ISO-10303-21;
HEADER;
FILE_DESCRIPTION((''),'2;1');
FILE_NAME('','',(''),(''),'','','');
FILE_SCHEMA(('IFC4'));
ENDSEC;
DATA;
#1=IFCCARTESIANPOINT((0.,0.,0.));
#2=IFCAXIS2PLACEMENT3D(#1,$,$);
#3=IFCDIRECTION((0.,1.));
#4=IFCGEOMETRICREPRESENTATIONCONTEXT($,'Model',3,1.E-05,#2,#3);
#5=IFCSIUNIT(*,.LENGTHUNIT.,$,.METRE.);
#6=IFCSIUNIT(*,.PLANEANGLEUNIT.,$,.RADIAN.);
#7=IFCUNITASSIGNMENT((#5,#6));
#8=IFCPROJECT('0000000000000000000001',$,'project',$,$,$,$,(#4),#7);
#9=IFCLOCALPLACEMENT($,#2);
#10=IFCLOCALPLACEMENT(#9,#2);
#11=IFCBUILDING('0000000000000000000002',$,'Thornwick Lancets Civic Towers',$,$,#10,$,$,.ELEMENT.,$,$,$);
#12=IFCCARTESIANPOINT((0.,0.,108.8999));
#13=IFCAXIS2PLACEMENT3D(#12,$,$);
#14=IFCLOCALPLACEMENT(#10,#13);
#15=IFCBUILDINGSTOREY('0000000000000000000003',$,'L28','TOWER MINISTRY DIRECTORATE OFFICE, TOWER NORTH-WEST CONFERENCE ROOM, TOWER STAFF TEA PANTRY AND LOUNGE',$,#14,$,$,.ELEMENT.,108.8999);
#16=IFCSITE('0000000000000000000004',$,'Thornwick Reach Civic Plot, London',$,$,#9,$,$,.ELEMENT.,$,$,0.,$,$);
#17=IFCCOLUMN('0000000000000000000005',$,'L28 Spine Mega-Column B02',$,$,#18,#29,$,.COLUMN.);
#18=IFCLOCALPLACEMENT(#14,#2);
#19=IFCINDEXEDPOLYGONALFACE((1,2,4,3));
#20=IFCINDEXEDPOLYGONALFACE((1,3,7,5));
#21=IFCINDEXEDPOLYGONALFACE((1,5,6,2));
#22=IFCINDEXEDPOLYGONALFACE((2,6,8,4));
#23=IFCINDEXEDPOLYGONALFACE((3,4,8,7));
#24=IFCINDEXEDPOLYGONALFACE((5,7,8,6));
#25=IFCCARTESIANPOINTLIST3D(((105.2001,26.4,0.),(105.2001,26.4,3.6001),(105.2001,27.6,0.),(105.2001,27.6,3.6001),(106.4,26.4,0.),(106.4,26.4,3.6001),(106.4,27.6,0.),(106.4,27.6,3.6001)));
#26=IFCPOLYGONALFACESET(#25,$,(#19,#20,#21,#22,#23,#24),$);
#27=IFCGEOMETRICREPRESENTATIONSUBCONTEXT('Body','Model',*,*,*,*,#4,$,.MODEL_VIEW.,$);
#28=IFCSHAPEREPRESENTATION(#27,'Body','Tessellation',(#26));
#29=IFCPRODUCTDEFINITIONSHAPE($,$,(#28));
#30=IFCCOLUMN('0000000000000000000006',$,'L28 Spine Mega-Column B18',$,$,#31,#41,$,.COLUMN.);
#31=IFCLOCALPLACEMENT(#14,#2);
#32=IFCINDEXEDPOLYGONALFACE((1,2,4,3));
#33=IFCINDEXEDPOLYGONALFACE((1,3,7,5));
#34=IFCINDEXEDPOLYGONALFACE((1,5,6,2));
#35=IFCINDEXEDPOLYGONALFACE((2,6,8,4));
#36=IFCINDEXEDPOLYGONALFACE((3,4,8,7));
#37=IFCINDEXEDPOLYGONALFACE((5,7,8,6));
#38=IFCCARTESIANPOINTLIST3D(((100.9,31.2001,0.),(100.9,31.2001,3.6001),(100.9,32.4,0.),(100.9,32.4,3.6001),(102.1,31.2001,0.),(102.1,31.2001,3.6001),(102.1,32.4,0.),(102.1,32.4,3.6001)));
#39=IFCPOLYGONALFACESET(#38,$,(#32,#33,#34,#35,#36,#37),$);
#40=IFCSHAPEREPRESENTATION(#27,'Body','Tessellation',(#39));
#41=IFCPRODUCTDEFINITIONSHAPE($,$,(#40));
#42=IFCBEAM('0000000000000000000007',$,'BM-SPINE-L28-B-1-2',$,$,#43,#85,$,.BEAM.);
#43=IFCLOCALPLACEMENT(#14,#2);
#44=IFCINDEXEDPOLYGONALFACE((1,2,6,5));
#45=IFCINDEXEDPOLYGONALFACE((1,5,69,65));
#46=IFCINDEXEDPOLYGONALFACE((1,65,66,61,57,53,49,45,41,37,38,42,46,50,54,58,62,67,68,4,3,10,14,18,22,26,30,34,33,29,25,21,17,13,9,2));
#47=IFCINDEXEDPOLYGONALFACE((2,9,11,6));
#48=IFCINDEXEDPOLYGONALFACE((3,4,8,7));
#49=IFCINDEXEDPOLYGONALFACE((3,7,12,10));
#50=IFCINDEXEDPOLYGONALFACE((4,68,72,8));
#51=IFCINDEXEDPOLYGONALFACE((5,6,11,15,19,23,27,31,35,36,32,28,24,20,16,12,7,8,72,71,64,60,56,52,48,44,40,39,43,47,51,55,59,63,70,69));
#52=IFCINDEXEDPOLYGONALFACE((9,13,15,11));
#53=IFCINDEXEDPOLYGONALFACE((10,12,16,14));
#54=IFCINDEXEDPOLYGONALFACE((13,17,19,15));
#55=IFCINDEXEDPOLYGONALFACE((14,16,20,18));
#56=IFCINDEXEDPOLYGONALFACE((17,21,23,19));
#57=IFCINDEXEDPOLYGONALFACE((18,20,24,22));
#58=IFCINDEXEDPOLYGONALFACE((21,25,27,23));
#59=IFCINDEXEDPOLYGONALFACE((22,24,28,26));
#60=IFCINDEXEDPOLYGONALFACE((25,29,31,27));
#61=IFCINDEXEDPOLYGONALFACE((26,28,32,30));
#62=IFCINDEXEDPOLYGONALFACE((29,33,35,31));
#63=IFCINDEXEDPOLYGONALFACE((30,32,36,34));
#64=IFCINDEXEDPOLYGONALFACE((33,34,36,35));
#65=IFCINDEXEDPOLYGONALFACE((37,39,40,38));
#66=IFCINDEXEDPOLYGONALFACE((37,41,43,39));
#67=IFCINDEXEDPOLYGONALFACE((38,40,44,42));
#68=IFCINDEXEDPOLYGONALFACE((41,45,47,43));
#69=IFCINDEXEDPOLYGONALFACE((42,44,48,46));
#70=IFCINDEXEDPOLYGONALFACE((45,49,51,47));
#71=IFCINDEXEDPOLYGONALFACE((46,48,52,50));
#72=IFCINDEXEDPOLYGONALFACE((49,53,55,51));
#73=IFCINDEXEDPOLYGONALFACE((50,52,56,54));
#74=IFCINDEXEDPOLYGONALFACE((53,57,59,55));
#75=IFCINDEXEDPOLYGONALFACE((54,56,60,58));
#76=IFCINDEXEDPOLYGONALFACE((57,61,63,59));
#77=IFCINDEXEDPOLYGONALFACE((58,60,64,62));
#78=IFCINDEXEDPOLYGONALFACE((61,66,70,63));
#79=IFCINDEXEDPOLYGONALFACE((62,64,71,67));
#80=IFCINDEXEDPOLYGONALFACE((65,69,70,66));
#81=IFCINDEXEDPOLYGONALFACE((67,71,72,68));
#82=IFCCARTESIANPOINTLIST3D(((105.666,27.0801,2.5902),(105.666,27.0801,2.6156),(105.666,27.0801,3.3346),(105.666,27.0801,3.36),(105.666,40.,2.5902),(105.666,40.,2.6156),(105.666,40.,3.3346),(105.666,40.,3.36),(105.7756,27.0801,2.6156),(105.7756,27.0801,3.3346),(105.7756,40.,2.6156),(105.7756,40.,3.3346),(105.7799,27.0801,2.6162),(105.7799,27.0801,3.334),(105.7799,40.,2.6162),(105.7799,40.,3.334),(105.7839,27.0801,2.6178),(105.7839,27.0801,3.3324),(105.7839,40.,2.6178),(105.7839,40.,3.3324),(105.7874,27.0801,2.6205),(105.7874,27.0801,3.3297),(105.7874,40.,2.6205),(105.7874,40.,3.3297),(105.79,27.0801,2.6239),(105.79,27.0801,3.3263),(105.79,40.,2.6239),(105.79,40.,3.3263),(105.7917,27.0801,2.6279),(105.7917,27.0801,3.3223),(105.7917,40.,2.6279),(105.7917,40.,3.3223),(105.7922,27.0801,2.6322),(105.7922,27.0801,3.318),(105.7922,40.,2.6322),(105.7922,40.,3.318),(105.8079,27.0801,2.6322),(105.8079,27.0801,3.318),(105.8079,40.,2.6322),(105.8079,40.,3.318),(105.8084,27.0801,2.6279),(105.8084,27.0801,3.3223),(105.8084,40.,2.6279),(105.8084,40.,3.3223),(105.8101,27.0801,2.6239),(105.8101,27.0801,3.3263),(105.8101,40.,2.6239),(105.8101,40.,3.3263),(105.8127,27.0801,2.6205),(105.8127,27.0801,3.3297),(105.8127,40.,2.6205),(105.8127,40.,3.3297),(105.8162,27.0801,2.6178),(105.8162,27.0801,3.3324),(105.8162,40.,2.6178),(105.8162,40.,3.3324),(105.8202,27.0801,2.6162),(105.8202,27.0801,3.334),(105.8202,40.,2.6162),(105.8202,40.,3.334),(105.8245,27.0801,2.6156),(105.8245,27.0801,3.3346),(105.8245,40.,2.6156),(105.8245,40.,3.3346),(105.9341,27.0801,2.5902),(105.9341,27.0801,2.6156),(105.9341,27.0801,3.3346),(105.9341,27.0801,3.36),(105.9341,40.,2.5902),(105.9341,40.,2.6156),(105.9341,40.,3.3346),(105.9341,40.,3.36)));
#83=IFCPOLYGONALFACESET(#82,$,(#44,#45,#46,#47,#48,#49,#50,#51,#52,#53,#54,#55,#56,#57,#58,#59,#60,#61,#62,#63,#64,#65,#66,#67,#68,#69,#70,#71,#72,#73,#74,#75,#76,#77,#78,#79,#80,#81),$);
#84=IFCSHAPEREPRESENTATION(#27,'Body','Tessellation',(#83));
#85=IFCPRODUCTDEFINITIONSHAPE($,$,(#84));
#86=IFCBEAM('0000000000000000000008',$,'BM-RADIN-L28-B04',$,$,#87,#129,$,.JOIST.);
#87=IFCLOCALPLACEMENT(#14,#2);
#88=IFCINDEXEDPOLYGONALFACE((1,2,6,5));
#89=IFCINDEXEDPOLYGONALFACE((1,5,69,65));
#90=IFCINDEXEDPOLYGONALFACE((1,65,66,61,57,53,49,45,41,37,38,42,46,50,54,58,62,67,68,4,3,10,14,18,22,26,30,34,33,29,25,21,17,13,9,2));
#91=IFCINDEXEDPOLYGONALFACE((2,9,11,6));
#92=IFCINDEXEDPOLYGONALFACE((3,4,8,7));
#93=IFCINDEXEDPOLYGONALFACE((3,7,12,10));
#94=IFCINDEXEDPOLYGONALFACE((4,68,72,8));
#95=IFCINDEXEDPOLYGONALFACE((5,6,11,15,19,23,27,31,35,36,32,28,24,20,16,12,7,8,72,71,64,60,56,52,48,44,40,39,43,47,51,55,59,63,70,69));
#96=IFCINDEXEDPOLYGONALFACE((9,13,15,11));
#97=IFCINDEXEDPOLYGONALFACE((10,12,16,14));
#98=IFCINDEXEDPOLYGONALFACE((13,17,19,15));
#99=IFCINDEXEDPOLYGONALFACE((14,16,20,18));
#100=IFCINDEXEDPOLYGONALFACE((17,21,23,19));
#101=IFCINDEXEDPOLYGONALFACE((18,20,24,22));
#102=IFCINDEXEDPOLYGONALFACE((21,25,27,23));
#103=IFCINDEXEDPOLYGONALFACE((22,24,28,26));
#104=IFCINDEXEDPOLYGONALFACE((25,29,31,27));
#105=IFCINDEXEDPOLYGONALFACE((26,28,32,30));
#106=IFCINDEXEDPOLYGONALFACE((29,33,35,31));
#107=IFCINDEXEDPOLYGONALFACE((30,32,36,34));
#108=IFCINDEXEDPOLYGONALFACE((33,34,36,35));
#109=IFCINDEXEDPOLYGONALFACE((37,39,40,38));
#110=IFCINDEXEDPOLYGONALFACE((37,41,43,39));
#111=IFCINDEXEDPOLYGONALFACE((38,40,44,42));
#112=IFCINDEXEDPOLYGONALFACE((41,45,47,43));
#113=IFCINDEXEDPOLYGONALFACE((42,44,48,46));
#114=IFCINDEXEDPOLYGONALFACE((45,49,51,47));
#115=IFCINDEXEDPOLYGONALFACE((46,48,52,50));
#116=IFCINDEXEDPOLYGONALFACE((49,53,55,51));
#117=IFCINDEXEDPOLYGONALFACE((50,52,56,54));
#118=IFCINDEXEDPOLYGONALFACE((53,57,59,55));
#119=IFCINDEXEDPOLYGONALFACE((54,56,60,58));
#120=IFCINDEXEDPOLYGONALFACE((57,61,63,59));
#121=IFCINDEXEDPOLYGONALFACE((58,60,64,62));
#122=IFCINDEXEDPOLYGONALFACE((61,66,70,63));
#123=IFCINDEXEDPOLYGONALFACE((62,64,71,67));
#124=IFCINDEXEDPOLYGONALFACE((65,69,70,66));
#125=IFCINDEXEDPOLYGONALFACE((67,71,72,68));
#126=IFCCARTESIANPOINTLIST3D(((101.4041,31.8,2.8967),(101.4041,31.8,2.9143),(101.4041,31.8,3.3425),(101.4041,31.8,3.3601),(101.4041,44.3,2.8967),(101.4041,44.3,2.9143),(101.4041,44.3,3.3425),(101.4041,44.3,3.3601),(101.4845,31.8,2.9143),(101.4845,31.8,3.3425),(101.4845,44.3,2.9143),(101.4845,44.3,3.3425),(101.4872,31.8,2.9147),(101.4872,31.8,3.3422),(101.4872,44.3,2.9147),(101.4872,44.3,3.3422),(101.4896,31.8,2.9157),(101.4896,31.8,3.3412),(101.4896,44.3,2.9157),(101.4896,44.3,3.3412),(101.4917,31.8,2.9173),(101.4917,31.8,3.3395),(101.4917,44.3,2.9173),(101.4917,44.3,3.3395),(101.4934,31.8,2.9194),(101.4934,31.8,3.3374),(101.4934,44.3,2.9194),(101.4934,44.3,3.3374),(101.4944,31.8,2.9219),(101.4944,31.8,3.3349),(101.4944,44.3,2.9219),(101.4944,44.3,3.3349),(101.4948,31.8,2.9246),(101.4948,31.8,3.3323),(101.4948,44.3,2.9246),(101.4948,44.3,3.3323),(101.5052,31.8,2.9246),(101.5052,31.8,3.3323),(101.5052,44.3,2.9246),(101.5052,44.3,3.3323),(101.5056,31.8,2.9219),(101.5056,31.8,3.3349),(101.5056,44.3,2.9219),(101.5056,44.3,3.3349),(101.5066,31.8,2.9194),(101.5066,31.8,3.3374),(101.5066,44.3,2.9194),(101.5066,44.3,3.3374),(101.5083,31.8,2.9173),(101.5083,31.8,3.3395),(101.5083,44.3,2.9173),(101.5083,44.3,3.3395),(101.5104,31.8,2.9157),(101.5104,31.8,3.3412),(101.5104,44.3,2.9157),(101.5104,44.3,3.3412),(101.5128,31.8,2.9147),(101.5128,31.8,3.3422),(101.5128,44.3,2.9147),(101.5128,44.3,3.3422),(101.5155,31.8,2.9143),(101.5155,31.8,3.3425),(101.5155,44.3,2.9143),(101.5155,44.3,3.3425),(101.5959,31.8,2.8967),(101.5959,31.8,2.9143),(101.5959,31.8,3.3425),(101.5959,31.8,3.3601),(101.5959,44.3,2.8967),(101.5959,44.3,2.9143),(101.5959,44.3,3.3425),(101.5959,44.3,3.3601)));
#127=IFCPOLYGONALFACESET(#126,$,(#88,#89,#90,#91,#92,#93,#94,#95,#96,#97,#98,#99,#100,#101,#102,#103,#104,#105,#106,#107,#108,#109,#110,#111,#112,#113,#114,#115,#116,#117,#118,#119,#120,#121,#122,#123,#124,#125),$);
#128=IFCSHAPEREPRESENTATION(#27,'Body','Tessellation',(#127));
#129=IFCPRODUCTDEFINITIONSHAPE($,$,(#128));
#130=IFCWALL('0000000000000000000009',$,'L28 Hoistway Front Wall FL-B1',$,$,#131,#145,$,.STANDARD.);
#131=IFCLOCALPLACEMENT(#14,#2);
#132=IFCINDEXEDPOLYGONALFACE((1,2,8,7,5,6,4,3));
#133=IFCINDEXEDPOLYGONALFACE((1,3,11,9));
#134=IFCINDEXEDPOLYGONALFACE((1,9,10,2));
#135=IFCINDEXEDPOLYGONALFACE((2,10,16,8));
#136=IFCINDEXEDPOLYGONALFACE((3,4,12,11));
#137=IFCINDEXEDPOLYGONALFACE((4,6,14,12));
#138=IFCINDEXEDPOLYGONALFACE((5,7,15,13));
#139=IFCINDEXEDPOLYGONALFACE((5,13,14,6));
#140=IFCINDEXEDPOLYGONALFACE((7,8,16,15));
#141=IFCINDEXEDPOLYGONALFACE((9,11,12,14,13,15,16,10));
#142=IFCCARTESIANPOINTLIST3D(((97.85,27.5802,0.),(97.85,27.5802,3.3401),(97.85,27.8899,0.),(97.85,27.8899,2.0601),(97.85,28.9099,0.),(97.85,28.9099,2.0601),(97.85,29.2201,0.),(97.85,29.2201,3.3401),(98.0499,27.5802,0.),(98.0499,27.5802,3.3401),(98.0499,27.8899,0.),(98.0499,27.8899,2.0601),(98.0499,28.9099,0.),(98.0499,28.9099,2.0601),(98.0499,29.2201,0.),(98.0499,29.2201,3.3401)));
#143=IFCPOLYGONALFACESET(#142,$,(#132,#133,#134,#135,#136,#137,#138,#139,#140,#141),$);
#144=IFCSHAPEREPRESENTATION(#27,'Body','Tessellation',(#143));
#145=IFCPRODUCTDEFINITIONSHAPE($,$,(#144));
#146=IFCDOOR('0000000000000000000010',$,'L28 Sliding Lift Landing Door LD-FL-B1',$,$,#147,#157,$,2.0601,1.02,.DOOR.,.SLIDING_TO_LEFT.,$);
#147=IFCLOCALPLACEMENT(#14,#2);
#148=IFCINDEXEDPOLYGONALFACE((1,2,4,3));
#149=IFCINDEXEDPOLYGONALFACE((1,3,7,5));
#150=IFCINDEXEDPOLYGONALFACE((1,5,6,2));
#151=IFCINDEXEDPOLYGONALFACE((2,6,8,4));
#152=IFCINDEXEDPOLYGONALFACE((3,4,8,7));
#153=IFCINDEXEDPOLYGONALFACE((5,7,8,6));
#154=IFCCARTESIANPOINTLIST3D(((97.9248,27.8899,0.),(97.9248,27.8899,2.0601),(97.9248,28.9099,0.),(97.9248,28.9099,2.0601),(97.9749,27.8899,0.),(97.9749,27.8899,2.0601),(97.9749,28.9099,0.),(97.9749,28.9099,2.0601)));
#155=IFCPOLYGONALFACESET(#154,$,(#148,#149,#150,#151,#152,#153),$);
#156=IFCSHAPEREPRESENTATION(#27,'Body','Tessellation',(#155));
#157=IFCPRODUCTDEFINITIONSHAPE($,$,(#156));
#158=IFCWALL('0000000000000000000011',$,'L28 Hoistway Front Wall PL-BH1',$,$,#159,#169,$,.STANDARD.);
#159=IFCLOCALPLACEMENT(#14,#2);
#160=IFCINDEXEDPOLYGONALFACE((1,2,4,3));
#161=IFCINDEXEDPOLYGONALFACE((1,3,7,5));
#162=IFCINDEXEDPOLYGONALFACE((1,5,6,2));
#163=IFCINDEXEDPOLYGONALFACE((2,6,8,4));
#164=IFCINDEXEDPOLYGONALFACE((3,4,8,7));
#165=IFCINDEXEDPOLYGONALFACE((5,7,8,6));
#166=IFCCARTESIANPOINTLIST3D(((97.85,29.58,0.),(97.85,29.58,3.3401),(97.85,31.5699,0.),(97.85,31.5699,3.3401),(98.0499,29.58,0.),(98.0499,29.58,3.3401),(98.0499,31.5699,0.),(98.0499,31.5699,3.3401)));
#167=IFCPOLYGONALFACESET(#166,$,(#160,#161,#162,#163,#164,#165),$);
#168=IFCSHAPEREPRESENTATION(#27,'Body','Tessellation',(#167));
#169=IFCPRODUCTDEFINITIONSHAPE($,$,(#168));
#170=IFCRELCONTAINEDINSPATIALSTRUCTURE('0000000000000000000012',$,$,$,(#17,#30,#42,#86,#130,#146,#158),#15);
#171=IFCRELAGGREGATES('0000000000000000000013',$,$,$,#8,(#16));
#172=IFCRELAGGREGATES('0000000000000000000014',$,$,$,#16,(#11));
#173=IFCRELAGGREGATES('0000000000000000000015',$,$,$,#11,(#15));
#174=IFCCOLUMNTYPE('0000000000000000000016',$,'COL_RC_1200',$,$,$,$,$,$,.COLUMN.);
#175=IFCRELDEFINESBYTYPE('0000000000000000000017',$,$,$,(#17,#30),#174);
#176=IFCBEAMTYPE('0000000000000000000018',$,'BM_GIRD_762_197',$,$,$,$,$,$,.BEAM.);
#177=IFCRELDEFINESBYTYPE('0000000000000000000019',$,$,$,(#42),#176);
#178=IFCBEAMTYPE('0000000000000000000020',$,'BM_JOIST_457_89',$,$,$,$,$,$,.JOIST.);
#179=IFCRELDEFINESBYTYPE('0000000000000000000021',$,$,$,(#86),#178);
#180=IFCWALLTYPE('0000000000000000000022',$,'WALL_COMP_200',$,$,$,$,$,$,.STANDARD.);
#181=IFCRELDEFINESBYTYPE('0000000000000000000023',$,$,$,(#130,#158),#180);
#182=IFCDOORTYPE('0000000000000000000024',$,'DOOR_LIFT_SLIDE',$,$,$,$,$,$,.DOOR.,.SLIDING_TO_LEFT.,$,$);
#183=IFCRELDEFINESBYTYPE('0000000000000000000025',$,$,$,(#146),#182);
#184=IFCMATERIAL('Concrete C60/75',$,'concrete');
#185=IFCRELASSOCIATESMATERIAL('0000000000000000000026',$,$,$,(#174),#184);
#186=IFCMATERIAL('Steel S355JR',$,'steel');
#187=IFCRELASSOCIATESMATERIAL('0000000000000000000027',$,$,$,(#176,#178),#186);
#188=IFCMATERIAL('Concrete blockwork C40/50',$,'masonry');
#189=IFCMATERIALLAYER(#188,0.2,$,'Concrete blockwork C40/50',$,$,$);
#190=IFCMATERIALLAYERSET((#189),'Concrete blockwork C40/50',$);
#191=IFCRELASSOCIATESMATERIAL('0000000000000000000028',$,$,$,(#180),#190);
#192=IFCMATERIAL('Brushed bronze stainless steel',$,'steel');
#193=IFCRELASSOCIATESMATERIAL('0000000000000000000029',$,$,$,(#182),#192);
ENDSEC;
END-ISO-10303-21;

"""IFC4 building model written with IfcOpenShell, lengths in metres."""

from ifc_helpers import new_model, si_unit, direction, frame, frame_2d, origin, origin_2d, place, context, subcontext, project, spatial, rectangle, i_section, extrude, material, layer, layer_set, material_profile, profile_set, type_object, element, fill, save


model = new_model("IFC4")

# Units and contexts
model_context = context("Model", 3, precision=1e-05, world=origin(), true_north=direction((0.0, 1.0)))
body_context = subcontext(model_context, "Body", "Model", "MODEL_VIEW")
ifc_project = project(units=[si_unit("LENGTHUNIT", "METRE"), si_unit("PLANEANGLEUNIT", "RADIAN")], contexts=[model_context])

# Site, building, storey
site_placement = place(None, origin())
site = spatial("IfcSite", under=ifc_project, at=site_placement, Name="Thornwick Reach Civic Plot, London", CompositionType="ELEMENT", RefElevation=0.0)
building_placement = place(site_placement, origin())
building = spatial("IfcBuilding", under=site, at=building_placement, Name="Thornwick Lancets Civic Towers", CompositionType="ELEMENT")
storey_placement = place(building_placement, frame((0.0, 0.0, 108.8999)))
storey = spatial("IfcBuildingStorey", under=building, at=storey_placement, Name="L28", Description="TOWER MINISTRY DIRECTORATE OFFICE, TOWER NORTH-WEST CONFERENCE ROOM, TOWER STAFF TEA PANTRY AND LOUNGE", CompositionType="ELEMENT", Elevation=108.8999)

# Columns
ifc_material_1 = material(Name="Concrete C60/75", Category="concrete")
ifc_material_profile_1 = material_profile(ifc_material_1, rectangle(XDim=1.2, YDim=1.2, at=origin_2d()), Name="RC 1200x1200")
ifc_profile_set_1 = profile_set([ifc_material_profile_1], Name="Concrete C60/75")
column_type = type_object("IfcColumnType", Name="COL_RC_1200", PredefinedType="COLUMN", material=ifc_profile_set_1)
for number, where, z_axis, x_axis, name in (
    (1, (105.8, 27.0, 0.0), (0.0, 0.0, 1.0), (1.0, 0.0, 0.0), "L28 Spine Mega-Column B02"),
    (2, (101.5, 31.8, 0.0), (0.0, 0.0, 1.0), (1.0, 0.0, 0.0), "L28 Spine Mega-Column B18"),
):
    element("IfcColumn", number, at=place(storey_placement, frame(where, z_axis=z_axis, x_axis=x_axis)), inside=storey, type_object=column_type, Name=name, PredefinedType="COLUMN", context=body_context, shape_type="SweptSolid", body=[
        extrude(rectangle(XDim=1.2, YDim=1.2, at=origin_2d()), origin(), (0.0, 0.0, 1.0), 3.6001),
    ])

# Beams
ifc_material_2 = material(Name="Steel S355JR", Category="steel")
ifc_material_profile_2 = material_profile(ifc_material_2, i_section(OverallWidth=0.2681, OverallDepth=0.7698, WebThickness=0.0156, FlangeThickness=0.0254, FilletRadius=0.0166, at=origin_2d()), Name="UKB 762x267x197")
ifc_profile_set_2 = profile_set([ifc_material_profile_2], Name="Steel S355JR")
beam_type_1 = type_object("IfcBeamType", Name="BM_GIRD_762_197", PredefinedType="BEAM", material=ifc_profile_set_2)
beam_1_placement = place(storey_placement, frame((105.8, 27.0801, 2.9751), z_axis=(0.0, 1.0, 0.0), x_axis=(-1.0, 0.0, 0.0)))
element("IfcBeam", 3, at=beam_1_placement, inside=storey, type_object=beam_type_1, Name="BM-SPINE-L28-B-1-2", PredefinedType="BEAM", context=body_context, shape_type="SweptSolid", body=[
    extrude(i_section(OverallWidth=0.2681, OverallDepth=0.7698, WebThickness=0.0156, FlangeThickness=0.0254, FilletRadius=0.0166, at=origin_2d()), origin(), (0.0, 0.0, 1.0), 12.9199),
])
ifc_material_profile_3 = material_profile(ifc_material_2, i_section(OverallWidth=0.1919, OverallDepth=0.4634, WebThickness=0.0105, FlangeThickness=0.0176, FilletRadius=0.0103, at=origin_2d()), Name="UKB 457x191x89")
ifc_profile_set_3 = profile_set([ifc_material_profile_3], Name="Steel S355JR")
beam_type_2 = type_object("IfcBeamType", Name="BM_JOIST_457_89", PredefinedType="JOIST", material=ifc_profile_set_3)
beam_2_placement = place(storey_placement, frame((101.5, 31.8, 3.1284), z_axis=(0.0, 1.0, 0.0), x_axis=(-1.0, 0.0, 0.0)))
element("IfcBeam", 4, at=beam_2_placement, inside=storey, type_object=beam_type_2, Name="BM-RADIN-L28-B04", PredefinedType="JOIST", context=body_context, shape_type="SweptSolid", body=[
    extrude(i_section(OverallWidth=0.1919, OverallDepth=0.4634, WebThickness=0.0105, FlangeThickness=0.0176, FilletRadius=0.0103, at=origin_2d()), origin(), (0.0, 0.0, 1.0), 12.5),
])

# Wall, opening, door
ifc_material_3 = material(Name="Concrete blockwork C40/50", Category="masonry")
ifc_layer = layer(ifc_material_3, 0.2, Name="Concrete blockwork C40/50")
ifc_layer_set = layer_set([ifc_layer], Name="Concrete blockwork C40/50")
wall_type = type_object("IfcWallType", Name="WALL_COMP_200", PredefinedType="STANDARD", material=ifc_layer_set)
wall_1_placement = place(storey_placement, frame((97.95, 29.22, 0.0), z_axis=(0.0, 0.0, 1.0), x_axis=(0.0, -1.0, 0.0)))
wall_1 = element("IfcWall", 5, at=wall_1_placement, inside=storey, type_object=wall_type, Name="L28 Hoistway Front Wall FL-B1", PredefinedType="STANDARD", context=body_context, shape_type="SweptSolid", body=[
    extrude(rectangle(XDim=1.6399, YDim=0.2, at=frame_2d((0.8198, 0.0))), origin(), (0.0, 0.0, 1.0), 3.3401),
])
opening_1_placement = place(wall_1_placement, frame((0.3101, 0.0, 0.0)))
opening_1 = element("IfcOpeningElement", 6, at=opening_1_placement, cuts=wall_1, PredefinedType="OPENING", context=body_context, shape_type="SweptSolid", body=[
    extrude(rectangle(XDim=1.02, YDim=2.0601, at=frame_2d((0.51, 1.03))), frame((0.0, 0.1099, 0.0), z_axis=(0.0, -1.0, 0.0), x_axis=(1.0, 0.0, 0.0)), (0.0, 0.0, 1.0), 0.22),
])
ifc_material_4 = material(Name="Brushed bronze stainless steel", Category="steel")
door_type = type_object("IfcDoorType", Name="DOOR_LIFT_SLIDE", OperationType="SLIDING_TO_LEFT", PredefinedType="DOOR", material=ifc_material_4)
door_1_placement = place(opening_1_placement, origin())
door_1 = element("IfcDoor", 7, at=door_1_placement, inside=storey, type_object=door_type, Name="L28 Sliding Lift Landing Door LD-FL-B1", OperationType="SLIDING_TO_LEFT", OverallHeight=2.0601, OverallWidth=1.02, PredefinedType="DOOR", context=body_context, shape_type="SweptSolid", body=[
    extrude(rectangle(XDim=1.02, YDim=2.0601, at=frame_2d((0.51, 1.03))), frame((0.0, 0.0249, 0.0), z_axis=(0.0, -1.0, 0.0), x_axis=(1.0, 0.0, 0.0)), (0.0, 0.0, 1.0), 0.05),
])
fill(opening_1, door_1)

# Wall
wall_2_placement = place(storey_placement, frame((97.95, 31.5701, 0.0), z_axis=(0.0, 0.0, 1.0), x_axis=(0.0, -1.0, 0.0)))
element("IfcWall", 8, at=wall_2_placement, inside=storey, type_object=wall_type, Name="L28 Hoistway Front Wall PL-BH1", PredefinedType="STANDARD", context=body_context, shape_type="SweptSolid", body=[
    extrude(rectangle(XDim=1.99, YDim=0.2, at=frame_2d((0.9951, 0.0))), origin(), (0.0, 0.0, 1.0), 3.3401),
])

save(model, "model.ifc")
